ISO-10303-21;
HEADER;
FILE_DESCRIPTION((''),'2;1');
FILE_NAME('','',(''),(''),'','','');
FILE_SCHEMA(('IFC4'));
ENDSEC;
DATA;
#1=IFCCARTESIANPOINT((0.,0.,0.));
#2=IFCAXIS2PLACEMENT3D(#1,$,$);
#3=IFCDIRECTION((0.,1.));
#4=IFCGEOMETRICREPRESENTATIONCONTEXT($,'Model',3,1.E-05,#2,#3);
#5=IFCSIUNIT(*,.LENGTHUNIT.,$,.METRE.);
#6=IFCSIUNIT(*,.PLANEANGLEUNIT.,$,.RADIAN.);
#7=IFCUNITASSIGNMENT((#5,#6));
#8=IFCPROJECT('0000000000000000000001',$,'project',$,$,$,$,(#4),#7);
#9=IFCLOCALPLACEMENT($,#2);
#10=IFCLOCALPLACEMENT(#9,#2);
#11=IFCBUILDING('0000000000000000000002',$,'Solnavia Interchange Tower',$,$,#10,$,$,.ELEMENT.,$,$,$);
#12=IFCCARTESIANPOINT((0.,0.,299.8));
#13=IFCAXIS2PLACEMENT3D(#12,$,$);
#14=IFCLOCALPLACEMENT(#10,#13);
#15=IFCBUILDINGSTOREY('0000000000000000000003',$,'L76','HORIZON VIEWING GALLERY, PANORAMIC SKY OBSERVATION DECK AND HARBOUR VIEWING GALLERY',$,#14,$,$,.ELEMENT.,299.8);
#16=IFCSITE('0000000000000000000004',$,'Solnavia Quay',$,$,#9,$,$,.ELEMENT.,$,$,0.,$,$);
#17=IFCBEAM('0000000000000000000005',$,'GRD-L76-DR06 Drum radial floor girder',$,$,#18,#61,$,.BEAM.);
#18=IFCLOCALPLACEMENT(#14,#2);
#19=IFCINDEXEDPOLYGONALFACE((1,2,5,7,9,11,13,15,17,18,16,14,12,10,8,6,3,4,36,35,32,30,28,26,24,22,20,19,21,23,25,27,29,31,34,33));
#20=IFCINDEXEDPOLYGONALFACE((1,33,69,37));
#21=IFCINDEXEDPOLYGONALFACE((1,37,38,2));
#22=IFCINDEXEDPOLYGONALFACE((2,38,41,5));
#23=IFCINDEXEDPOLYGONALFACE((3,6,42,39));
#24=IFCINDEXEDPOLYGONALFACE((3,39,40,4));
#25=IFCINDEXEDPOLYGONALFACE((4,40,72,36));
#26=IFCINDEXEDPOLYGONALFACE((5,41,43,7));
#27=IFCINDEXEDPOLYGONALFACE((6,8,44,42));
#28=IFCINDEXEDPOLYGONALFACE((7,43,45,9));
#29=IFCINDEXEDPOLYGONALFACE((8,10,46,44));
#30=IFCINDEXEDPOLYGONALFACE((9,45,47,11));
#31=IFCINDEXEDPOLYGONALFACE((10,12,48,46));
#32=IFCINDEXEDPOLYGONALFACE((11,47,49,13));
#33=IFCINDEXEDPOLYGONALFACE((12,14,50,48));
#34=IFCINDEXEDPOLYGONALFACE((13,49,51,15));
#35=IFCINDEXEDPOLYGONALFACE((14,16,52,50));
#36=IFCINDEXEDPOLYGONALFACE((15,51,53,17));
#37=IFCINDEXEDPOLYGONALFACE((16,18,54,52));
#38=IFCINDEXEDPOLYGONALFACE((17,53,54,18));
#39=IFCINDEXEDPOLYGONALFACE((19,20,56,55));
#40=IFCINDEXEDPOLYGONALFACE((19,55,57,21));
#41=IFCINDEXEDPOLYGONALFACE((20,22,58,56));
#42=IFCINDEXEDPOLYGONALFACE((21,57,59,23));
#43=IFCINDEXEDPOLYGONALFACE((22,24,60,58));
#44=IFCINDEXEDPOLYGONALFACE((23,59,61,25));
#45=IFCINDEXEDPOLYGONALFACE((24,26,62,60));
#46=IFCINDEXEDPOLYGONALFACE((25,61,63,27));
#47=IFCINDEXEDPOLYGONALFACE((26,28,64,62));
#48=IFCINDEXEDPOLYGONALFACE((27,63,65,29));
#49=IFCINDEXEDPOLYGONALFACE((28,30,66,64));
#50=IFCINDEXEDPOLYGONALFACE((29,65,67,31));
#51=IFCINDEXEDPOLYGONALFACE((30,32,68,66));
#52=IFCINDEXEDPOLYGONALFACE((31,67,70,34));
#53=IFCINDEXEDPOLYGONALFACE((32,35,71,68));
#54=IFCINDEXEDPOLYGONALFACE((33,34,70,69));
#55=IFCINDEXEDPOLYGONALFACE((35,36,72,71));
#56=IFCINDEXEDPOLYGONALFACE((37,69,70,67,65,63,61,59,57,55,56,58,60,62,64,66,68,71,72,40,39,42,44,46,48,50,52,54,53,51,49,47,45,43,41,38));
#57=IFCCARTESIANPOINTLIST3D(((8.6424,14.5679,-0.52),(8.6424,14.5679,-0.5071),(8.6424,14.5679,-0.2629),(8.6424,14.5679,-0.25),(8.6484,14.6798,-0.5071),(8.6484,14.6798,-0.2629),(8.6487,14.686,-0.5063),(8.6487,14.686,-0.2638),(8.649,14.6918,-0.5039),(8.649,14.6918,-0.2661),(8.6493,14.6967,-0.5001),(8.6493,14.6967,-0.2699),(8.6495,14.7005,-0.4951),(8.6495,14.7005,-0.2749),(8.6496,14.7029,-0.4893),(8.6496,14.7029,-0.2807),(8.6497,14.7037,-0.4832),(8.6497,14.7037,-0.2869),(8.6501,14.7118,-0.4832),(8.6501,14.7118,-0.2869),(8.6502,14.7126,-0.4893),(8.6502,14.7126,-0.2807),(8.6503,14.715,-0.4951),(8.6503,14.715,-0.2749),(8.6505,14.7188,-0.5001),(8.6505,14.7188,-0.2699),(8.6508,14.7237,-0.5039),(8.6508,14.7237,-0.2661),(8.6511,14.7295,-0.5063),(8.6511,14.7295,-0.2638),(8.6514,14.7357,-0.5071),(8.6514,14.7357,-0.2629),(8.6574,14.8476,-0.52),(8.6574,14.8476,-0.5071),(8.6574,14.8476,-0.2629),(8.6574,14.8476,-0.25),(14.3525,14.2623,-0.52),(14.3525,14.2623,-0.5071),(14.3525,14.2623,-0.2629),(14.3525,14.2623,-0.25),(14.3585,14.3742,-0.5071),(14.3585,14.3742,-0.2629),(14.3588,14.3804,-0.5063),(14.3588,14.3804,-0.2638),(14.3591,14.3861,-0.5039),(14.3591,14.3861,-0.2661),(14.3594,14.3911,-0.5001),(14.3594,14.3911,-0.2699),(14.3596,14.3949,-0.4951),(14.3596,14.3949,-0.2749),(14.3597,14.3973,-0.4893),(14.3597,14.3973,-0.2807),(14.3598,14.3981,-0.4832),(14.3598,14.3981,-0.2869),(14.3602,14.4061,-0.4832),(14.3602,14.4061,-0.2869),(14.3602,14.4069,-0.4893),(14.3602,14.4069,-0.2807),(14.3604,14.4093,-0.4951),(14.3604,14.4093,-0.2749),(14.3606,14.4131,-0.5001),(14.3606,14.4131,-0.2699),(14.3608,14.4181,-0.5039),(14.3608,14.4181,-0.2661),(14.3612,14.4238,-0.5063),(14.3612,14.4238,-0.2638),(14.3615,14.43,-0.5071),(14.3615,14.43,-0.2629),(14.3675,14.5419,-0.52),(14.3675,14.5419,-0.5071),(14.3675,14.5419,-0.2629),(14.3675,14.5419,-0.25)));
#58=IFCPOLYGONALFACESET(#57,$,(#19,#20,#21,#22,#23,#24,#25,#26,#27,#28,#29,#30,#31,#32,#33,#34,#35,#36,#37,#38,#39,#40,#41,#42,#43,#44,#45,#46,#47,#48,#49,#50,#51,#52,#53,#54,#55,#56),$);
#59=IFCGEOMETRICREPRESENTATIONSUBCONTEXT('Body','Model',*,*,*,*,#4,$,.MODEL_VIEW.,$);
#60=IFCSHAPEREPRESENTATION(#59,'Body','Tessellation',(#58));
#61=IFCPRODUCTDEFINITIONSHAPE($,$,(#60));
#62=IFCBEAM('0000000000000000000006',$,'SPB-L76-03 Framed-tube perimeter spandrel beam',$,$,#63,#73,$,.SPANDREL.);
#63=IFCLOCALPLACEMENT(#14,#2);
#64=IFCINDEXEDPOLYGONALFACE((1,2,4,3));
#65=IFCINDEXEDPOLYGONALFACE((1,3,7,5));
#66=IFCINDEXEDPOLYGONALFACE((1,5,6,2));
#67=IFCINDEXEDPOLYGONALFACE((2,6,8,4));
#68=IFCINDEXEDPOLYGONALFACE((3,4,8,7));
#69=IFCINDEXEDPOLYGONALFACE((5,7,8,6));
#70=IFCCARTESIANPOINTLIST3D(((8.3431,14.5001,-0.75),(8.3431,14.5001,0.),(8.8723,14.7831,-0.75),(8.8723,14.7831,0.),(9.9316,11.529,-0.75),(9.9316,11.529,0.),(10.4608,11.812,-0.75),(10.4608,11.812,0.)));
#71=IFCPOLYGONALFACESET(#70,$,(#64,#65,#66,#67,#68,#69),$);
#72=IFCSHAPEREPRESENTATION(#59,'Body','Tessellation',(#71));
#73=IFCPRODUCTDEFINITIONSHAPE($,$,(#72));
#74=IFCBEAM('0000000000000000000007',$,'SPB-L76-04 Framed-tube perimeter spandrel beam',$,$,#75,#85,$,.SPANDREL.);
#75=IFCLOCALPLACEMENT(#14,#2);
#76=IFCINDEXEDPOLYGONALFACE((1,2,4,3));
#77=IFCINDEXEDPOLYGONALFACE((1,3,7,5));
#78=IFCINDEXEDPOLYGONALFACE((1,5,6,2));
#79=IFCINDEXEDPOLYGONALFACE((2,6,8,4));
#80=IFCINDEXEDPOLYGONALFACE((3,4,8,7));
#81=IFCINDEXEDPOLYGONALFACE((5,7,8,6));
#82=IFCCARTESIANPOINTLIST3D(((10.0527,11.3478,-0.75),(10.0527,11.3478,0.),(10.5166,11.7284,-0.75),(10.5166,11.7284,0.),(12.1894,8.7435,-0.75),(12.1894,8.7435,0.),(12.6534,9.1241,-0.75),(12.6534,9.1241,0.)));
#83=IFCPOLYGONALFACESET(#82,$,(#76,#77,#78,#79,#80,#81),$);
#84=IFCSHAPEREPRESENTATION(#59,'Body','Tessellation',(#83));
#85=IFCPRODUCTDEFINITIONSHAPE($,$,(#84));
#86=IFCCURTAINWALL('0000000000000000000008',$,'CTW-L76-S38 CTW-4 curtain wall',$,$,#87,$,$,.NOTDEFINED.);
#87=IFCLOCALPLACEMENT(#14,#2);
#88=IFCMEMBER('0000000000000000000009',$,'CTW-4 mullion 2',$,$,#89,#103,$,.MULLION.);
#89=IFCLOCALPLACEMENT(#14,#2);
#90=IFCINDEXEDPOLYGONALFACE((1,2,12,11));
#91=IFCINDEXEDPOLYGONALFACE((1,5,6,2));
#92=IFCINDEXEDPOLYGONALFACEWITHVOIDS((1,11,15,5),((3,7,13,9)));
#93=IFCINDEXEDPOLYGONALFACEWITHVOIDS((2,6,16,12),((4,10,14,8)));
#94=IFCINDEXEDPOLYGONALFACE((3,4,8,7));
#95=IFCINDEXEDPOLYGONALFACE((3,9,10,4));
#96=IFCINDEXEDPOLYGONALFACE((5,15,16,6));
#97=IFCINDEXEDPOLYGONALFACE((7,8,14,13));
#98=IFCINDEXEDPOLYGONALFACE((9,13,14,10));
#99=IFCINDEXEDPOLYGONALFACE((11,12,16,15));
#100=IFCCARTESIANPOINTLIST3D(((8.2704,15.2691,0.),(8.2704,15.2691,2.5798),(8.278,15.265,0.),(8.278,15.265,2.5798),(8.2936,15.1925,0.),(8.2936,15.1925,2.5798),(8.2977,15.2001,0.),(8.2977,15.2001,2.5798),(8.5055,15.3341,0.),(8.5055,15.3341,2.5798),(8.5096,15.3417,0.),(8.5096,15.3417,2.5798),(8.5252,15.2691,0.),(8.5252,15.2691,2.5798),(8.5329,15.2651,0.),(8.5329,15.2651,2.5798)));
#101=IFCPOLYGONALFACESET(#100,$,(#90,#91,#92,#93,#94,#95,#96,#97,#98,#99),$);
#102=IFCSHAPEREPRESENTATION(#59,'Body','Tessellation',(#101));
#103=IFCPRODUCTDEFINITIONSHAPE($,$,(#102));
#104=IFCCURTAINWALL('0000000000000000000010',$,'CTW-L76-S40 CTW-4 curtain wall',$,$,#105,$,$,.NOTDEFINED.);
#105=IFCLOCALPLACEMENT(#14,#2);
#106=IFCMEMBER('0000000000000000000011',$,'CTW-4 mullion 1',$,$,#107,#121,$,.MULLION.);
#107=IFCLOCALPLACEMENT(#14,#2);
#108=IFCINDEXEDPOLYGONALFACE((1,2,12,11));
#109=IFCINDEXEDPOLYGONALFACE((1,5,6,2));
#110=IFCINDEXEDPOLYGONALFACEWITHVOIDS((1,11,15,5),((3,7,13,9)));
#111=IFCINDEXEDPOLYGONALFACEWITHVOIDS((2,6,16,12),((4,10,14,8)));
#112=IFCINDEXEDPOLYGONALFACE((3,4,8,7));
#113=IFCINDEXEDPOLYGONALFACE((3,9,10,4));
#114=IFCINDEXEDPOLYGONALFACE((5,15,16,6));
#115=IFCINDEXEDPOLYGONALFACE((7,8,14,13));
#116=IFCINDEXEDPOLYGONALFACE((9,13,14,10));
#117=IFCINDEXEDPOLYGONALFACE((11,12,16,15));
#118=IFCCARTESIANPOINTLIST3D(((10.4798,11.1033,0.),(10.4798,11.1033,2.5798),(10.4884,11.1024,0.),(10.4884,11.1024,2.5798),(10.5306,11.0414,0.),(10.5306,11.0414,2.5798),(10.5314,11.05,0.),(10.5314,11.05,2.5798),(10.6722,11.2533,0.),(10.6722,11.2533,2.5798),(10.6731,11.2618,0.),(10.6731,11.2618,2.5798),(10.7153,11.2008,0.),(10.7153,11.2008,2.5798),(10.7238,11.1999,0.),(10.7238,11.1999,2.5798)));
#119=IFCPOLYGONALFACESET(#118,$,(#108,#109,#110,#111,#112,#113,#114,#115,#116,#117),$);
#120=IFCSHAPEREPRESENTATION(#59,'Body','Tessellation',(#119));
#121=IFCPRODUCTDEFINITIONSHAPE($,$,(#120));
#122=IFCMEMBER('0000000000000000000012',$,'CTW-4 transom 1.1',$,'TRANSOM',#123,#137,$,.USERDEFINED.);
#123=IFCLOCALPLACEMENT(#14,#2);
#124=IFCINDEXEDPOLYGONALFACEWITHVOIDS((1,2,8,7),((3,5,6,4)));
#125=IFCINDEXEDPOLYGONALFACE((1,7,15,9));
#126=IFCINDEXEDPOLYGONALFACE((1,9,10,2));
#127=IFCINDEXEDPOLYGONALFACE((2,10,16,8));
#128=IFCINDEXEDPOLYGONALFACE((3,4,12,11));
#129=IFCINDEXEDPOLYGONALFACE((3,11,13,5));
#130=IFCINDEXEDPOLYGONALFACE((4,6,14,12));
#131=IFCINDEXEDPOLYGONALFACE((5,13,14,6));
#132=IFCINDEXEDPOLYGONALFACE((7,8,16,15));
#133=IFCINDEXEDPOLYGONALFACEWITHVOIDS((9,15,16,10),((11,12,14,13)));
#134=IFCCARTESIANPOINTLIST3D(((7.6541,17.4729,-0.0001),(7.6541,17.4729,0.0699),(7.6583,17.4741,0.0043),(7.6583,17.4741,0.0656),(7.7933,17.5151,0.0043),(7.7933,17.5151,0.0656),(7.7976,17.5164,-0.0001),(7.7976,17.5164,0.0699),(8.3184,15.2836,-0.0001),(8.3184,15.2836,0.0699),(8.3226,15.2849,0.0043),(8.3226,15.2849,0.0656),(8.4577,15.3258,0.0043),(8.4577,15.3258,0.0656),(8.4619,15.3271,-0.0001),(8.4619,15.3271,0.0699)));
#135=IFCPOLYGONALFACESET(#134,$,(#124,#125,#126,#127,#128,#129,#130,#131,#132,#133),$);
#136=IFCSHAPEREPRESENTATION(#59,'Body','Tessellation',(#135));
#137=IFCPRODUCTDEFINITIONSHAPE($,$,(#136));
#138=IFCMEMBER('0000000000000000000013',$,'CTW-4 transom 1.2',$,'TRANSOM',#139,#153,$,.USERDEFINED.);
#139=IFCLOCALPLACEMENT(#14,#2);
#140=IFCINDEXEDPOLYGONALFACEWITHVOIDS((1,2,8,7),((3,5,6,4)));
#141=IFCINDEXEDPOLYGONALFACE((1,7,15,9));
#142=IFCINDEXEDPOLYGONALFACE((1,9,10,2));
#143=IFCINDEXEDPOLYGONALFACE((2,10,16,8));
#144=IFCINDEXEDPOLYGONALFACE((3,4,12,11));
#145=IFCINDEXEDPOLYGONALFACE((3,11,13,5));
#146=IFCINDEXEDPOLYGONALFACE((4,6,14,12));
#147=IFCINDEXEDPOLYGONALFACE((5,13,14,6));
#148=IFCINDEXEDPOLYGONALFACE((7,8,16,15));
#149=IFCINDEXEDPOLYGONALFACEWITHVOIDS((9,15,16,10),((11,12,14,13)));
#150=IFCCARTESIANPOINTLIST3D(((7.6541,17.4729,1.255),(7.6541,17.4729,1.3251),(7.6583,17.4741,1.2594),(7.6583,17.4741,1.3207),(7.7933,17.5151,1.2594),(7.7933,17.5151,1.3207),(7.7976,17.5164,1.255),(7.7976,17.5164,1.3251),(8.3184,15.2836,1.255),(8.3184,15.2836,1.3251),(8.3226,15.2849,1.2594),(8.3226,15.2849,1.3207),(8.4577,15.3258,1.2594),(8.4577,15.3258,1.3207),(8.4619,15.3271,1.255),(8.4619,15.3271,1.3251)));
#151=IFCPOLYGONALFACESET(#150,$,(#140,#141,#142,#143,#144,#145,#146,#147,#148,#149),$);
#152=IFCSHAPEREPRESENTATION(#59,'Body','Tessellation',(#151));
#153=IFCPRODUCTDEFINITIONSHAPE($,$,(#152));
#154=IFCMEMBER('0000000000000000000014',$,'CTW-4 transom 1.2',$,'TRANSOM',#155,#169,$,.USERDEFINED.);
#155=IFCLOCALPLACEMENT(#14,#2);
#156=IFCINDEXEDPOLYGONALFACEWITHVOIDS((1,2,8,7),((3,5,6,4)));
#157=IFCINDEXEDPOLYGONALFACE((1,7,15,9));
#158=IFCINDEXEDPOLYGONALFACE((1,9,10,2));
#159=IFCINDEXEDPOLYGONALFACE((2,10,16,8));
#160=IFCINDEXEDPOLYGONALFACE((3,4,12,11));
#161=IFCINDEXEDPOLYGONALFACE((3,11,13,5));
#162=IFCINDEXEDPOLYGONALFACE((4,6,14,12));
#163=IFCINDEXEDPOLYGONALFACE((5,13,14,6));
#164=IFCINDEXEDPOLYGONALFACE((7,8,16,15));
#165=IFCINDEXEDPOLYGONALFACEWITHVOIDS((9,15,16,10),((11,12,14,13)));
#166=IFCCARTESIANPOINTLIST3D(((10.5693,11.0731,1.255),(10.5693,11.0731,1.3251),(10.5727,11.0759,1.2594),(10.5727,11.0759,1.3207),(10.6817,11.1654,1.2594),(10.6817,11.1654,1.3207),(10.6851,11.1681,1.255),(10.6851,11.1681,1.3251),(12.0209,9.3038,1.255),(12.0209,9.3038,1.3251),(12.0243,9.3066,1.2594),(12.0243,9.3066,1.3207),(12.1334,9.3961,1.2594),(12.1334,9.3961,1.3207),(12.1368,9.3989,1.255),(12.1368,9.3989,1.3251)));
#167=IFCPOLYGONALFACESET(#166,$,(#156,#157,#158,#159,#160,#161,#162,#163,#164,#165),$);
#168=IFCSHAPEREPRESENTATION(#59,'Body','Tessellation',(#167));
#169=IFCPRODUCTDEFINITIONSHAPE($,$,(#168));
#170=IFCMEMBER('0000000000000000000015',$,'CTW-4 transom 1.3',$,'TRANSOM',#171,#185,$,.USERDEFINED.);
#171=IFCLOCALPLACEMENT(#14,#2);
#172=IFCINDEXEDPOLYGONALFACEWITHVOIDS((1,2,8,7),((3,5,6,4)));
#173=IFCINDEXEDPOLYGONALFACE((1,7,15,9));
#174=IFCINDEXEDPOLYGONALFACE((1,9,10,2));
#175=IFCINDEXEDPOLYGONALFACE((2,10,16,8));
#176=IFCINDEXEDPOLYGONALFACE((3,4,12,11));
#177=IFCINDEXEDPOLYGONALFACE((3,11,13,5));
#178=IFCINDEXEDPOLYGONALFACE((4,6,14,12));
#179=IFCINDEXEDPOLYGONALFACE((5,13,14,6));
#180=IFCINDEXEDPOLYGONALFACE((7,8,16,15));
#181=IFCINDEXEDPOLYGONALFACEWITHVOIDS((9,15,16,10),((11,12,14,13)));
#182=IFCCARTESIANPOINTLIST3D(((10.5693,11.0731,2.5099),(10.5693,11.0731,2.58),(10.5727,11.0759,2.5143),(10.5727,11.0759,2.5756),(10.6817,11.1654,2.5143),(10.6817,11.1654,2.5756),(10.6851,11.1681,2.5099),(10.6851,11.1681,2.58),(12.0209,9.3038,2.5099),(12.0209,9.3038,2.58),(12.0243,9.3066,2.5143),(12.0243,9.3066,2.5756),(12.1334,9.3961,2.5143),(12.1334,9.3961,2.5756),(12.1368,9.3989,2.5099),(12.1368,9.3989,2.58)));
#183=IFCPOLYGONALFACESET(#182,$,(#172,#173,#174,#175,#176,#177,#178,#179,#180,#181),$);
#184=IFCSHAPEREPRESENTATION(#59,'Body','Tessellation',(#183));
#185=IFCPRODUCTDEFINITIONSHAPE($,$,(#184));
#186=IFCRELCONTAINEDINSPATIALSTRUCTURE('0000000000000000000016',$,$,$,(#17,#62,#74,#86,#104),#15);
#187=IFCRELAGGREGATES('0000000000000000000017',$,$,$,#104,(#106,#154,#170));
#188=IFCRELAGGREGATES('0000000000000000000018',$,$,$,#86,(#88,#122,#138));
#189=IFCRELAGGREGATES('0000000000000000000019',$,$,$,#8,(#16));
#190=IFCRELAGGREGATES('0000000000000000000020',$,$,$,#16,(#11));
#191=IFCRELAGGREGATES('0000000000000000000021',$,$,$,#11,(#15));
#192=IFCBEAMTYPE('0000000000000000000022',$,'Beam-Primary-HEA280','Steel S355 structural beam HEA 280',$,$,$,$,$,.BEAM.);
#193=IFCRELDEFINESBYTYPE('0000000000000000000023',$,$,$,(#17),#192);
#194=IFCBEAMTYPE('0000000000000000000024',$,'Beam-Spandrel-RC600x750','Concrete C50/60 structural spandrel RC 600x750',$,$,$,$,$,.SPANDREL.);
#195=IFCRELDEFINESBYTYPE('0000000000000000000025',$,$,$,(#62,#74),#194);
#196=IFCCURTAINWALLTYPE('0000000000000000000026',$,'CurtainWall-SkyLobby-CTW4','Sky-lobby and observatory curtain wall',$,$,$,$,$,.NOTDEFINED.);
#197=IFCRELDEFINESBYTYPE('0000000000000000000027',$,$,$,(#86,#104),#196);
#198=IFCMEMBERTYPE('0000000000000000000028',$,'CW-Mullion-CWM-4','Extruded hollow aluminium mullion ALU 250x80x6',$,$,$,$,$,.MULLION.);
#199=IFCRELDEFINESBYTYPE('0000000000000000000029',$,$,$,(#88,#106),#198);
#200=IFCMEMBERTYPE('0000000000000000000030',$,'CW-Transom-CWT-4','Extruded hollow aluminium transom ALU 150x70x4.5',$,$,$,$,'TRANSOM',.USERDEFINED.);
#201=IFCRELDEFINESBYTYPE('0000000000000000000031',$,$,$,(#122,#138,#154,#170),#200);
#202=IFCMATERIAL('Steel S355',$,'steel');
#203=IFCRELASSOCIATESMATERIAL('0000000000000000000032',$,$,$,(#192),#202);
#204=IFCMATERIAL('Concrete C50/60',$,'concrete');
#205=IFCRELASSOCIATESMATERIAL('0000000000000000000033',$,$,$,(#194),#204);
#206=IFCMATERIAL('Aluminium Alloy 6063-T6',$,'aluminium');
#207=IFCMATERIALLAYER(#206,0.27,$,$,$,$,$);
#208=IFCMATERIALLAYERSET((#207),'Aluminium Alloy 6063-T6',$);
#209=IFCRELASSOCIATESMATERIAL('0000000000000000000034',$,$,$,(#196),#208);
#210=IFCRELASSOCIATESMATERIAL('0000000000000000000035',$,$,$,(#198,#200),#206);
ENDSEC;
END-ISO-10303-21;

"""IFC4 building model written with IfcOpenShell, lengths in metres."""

from ifc_helpers import new_model, si_unit, direction, frame, origin, origin_2d, place, context, subcontext, project, spatial, rectangle, hollow_rectangle, i_section, extrude, material, layer, layer_set, material_profile, profile_set, type_object, element, aggregate, save


model = new_model("IFC4")

# Units and contexts
model_context = context("Model", 3, precision=1e-05, world=origin(), true_north=direction((0.0, 1.0)))
body_context = subcontext(model_context, "Body", "Model", "MODEL_VIEW")
ifc_project = project(units=[si_unit("LENGTHUNIT", "METRE"), si_unit("PLANEANGLEUNIT", "RADIAN")], contexts=[model_context])

# Site, building, storey
site_placement = place(None, origin())
site = spatial("IfcSite", under=ifc_project, at=site_placement, Name="Solnavia Quay", CompositionType="ELEMENT", RefElevation=0.0)
building_placement = place(site_placement, origin())
building = spatial("IfcBuilding", under=site, at=building_placement, Name="Solnavia Interchange Tower", CompositionType="ELEMENT")
storey_placement = place(building_placement, frame((0.0, 0.0, 299.8)))
storey = spatial("IfcBuildingStorey", under=building, at=storey_placement, Name="L76", Description="HORIZON VIEWING GALLERY, PANORAMIC SKY OBSERVATION DECK AND HARBOUR VIEWING GALLERY", CompositionType="ELEMENT", Elevation=299.8)

# Shared definitions
ifc_material_1 = material(Name="Concrete C50/60", Category="concrete")

# Beams
ifc_material_2 = material(Name="Steel S355", Category="steel")
ifc_material_profile_1 = material_profile(ifc_material_2, i_section(OverallWidth=0.28, OverallDepth=0.27, WebThickness=0.0081, FlangeThickness=0.0129, FilletRadius=0.0239, at=origin_2d()), Name="HEA 280")
ifc_profile_set_1 = profile_set([ifc_material_profile_1], Name="Steel S355")
beam_type_1 = type_object("IfcBeamType", Name="Beam-Primary-HEA280", Description="Steel S355 structural beam HEA 280", PredefinedType="BEAM", material=ifc_profile_set_1)
beam_1_placement = place(storey_placement, frame((8.6499, 14.7078, -0.385), z_axis=(0.99857, -0.053453, 0.0), x_axis=(0.053453, 0.99857, 0.0)))
element("IfcBeam", 1, at=beam_1_placement, inside=storey, type_object=beam_type_1, Name="GRD-L76-DR06 Drum radial floor girder", PredefinedType="BEAM", context=body_context, shape_type="SweptSolid", body=[
    extrude(i_section(OverallWidth=0.28, OverallDepth=0.27, WebThickness=0.0081, FlangeThickness=0.0129, FilletRadius=0.0239, at=origin_2d()), origin(), (0.0, 0.0, 1.0), 5.7183),
])
ifc_material_profile_2 = material_profile(ifc_material_1, rectangle(XDim=0.6001, YDim=0.75, at=origin_2d()), Name="RC 600x750")
ifc_profile_set_2 = profile_set([ifc_material_profile_2], Name="Concrete C50/60")
beam_type_2 = type_object("IfcBeamType", Name="Beam-Spandrel-RC600x750", Description="Concrete C50/60 structural spandrel RC 600x750", PredefinedType="SPANDREL", material=ifc_profile_set_2)
beam_2_placement = place(storey_placement, frame((8.6077, 14.6416, -0.375), z_axis=(0.471509, -0.881861, 0.0), x_axis=(0.881861, 0.471509, 0.0)))
element("IfcBeam", 2, at=beam_2_placement, inside=storey, type_object=beam_type_2, Name="SPB-L76-03 Framed-tube perimeter spandrel beam", PredefinedType="SPANDREL", context=body_context, shape_type="SweptSolid", body=[
    extrude(rectangle(XDim=0.6001, YDim=0.75, at=origin_2d()), origin(), (0.0, 0.0, 1.0), 3.3691),
])
beam_3_placement = place(storey_placement, frame((10.2847, 11.5381, -0.375), z_axis=(0.634299, -0.773088, 0.0), x_axis=(0.773088, 0.634299, 0.0)))
element("IfcBeam", 3, at=beam_3_placement, inside=storey, type_object=beam_type_2, Name="SPB-L76-04 Framed-tube perimeter spandrel beam", PredefinedType="SPANDREL", context=body_context, shape_type="SweptSolid", body=[
    extrude(rectangle(XDim=0.6001, YDim=0.75, at=origin_2d()), origin(), (0.0, 0.0, 1.0), 3.3687),
])

# Curtain walls, members
ifc_material_3 = material(Name="Aluminium Alloy 6063-T6", Category="aluminium")
ifc_layer_1 = layer(ifc_material_3, 0.27)
ifc_layer_set_1 = layer_set([ifc_layer_1], Name="Aluminium Alloy 6063-T6")
curtain_wall_type = type_object("IfcCurtainWallType", Name="CurtainWall-SkyLobby-CTW4", Description="Sky-lobby and observatory curtain wall", PredefinedType="NOTDEFINED", material=ifc_layer_set_1)
curtain_wall_1_placement = place(storey_placement, origin())
curtain_wall_1 = element("IfcCurtainWall", 4, at=curtain_wall_1_placement, inside=storey, type_object=curtain_wall_type, Name="CTW-L76-S38 CTW-4 curtain wall", PredefinedType="NOTDEFINED")
ifc_material_profile_3 = material_profile(ifc_material_3, hollow_rectangle(XDim=0.0801, YDim=0.25, WallThickness=0.0061, at=origin_2d()), Name="ALU 250x80x6")
ifc_profile_set_3 = profile_set([ifc_material_profile_3], Name="Aluminium Alloy 6063-T6")
member_type_1 = type_object("IfcMemberType", Name="CW-Mullion-CWM-4", Description="Extruded hollow aluminium mullion ALU 250x80x6", PredefinedType="MULLION", material=ifc_profile_set_3)
member_1_placement = place(storey_placement, frame((8.4016, 15.2671, 0.0), z_axis=(0.0, 0.0, 1.0), x_axis=(0.2903, -0.956936, 0.0)))
member_1 = element("IfcMember", 5, at=member_1_placement, type_object=member_type_1, Name="CTW-4 mullion 2", PredefinedType="MULLION", context=body_context, shape_type="SweptSolid", body=[
    extrude(hollow_rectangle(XDim=0.0801, YDim=0.25, WallThickness=0.0061, at=origin_2d()), origin(), (0.0, 0.0, 1.0), 2.5798),
])
curtain_wall_2_placement = place(storey_placement, origin())
curtain_wall_2 = element("IfcCurtainWall", 6, at=curtain_wall_2_placement, inside=storey, type_object=curtain_wall_type, Name="CTW-L76-S40 CTW-4 curtain wall", PredefinedType="NOTDEFINED")
member_2_placement = place(storey_placement, frame((10.6018, 11.1516, 0.0), z_axis=(0.0, 0.0, 1.0), x_axis=(0.63426, -0.77312, 0.0)))
member_2 = element("IfcMember", 7, at=member_2_placement, type_object=member_type_1, Name="CTW-4 mullion 1", PredefinedType="MULLION", context=body_context, shape_type="SweptSolid", body=[
    extrude(hollow_rectangle(XDim=0.0801, YDim=0.25, WallThickness=0.0061, at=origin_2d()), origin(), (0.0, 0.0, 1.0), 2.5798),
])

# Members
ifc_material_profile_4 = material_profile(ifc_material_3, hollow_rectangle(XDim=0.0701, YDim=0.1499, WallThickness=0.0044, at=origin_2d()), Name="ALU 150x70x4.5")
ifc_profile_set_4 = profile_set([ifc_material_profile_4], Name="Aluminium Alloy 6063-T6")
member_type_2 = type_object("IfcMemberType", Name="CW-Transom-CWT-4", Description="Extruded hollow aluminium transom ALU 150x70x4.5", ElementType="TRANSOM", PredefinedType="USERDEFINED", material=ifc_profile_set_4)
member_3_placement = place(storey_placement, frame((7.7258, 17.4946, 0.0349), z_axis=(0.290372, -0.956914, 0.0), x_axis=(0.0, 0.0, 1.0)))
member_3 = element("IfcMember", 8, at=member_3_placement, type_object=member_type_2, Name="CTW-4 transom 1.1", ObjectType="TRANSOM", PredefinedType="USERDEFINED", context=body_context, shape_type="SweptSolid", body=[
    extrude(hollow_rectangle(XDim=0.0701, YDim=0.1499, WallThickness=0.0044, at=origin_2d()), origin(), (0.0, 0.0, 1.0), 2.2878),
])
member_4_placement = place(storey_placement, frame((7.7258, 17.4946, 1.29), z_axis=(0.290372, -0.956914, 0.0), x_axis=(0.0, 0.0, 1.0)))
member_4 = element("IfcMember", 9, at=member_4_placement, type_object=member_type_2, Name="CTW-4 transom 1.2", ObjectType="TRANSOM", PredefinedType="USERDEFINED", context=body_context, shape_type="SweptSolid", body=[
    extrude(hollow_rectangle(XDim=0.0701, YDim=0.1499, WallThickness=0.0044, at=origin_2d()), origin(), (0.0, 0.0, 1.0), 2.2878),
])
member_5_placement = place(storey_placement, frame((10.6272, 11.1206, 1.29), z_axis=(0.6343, -0.773087, 0.0), x_axis=(0.0, 0.0, 1.0)))
member_5 = element("IfcMember", 10, at=member_5_placement, type_object=member_type_2, Name="CTW-4 transom 1.2", ObjectType="TRANSOM", PredefinedType="USERDEFINED", context=body_context, shape_type="SweptSolid", body=[
    extrude(hollow_rectangle(XDim=0.0701, YDim=0.1499, WallThickness=0.0044, at=origin_2d()), origin(), (0.0, 0.0, 1.0), 2.2886),
])
member_6_placement = place(storey_placement, frame((10.6272, 11.1206, 2.5449), z_axis=(0.6343, -0.773087, 0.0), x_axis=(0.0, 0.0, 1.0)))
member_6 = element("IfcMember", 11, at=member_6_placement, type_object=member_type_2, Name="CTW-4 transom 1.3", ObjectType="TRANSOM", PredefinedType="USERDEFINED", context=body_context, shape_type="SweptSolid", body=[
    extrude(hollow_rectangle(XDim=0.0701, YDim=0.1499, WallThickness=0.0044, at=origin_2d()), origin(), (0.0, 0.0, 1.0), 2.2886),
])
aggregate(curtain_wall_2, [member_2, member_5, member_6])

aggregate(curtain_wall_1, [member_1, member_3, member_4])

save(model, "model.ifc")
